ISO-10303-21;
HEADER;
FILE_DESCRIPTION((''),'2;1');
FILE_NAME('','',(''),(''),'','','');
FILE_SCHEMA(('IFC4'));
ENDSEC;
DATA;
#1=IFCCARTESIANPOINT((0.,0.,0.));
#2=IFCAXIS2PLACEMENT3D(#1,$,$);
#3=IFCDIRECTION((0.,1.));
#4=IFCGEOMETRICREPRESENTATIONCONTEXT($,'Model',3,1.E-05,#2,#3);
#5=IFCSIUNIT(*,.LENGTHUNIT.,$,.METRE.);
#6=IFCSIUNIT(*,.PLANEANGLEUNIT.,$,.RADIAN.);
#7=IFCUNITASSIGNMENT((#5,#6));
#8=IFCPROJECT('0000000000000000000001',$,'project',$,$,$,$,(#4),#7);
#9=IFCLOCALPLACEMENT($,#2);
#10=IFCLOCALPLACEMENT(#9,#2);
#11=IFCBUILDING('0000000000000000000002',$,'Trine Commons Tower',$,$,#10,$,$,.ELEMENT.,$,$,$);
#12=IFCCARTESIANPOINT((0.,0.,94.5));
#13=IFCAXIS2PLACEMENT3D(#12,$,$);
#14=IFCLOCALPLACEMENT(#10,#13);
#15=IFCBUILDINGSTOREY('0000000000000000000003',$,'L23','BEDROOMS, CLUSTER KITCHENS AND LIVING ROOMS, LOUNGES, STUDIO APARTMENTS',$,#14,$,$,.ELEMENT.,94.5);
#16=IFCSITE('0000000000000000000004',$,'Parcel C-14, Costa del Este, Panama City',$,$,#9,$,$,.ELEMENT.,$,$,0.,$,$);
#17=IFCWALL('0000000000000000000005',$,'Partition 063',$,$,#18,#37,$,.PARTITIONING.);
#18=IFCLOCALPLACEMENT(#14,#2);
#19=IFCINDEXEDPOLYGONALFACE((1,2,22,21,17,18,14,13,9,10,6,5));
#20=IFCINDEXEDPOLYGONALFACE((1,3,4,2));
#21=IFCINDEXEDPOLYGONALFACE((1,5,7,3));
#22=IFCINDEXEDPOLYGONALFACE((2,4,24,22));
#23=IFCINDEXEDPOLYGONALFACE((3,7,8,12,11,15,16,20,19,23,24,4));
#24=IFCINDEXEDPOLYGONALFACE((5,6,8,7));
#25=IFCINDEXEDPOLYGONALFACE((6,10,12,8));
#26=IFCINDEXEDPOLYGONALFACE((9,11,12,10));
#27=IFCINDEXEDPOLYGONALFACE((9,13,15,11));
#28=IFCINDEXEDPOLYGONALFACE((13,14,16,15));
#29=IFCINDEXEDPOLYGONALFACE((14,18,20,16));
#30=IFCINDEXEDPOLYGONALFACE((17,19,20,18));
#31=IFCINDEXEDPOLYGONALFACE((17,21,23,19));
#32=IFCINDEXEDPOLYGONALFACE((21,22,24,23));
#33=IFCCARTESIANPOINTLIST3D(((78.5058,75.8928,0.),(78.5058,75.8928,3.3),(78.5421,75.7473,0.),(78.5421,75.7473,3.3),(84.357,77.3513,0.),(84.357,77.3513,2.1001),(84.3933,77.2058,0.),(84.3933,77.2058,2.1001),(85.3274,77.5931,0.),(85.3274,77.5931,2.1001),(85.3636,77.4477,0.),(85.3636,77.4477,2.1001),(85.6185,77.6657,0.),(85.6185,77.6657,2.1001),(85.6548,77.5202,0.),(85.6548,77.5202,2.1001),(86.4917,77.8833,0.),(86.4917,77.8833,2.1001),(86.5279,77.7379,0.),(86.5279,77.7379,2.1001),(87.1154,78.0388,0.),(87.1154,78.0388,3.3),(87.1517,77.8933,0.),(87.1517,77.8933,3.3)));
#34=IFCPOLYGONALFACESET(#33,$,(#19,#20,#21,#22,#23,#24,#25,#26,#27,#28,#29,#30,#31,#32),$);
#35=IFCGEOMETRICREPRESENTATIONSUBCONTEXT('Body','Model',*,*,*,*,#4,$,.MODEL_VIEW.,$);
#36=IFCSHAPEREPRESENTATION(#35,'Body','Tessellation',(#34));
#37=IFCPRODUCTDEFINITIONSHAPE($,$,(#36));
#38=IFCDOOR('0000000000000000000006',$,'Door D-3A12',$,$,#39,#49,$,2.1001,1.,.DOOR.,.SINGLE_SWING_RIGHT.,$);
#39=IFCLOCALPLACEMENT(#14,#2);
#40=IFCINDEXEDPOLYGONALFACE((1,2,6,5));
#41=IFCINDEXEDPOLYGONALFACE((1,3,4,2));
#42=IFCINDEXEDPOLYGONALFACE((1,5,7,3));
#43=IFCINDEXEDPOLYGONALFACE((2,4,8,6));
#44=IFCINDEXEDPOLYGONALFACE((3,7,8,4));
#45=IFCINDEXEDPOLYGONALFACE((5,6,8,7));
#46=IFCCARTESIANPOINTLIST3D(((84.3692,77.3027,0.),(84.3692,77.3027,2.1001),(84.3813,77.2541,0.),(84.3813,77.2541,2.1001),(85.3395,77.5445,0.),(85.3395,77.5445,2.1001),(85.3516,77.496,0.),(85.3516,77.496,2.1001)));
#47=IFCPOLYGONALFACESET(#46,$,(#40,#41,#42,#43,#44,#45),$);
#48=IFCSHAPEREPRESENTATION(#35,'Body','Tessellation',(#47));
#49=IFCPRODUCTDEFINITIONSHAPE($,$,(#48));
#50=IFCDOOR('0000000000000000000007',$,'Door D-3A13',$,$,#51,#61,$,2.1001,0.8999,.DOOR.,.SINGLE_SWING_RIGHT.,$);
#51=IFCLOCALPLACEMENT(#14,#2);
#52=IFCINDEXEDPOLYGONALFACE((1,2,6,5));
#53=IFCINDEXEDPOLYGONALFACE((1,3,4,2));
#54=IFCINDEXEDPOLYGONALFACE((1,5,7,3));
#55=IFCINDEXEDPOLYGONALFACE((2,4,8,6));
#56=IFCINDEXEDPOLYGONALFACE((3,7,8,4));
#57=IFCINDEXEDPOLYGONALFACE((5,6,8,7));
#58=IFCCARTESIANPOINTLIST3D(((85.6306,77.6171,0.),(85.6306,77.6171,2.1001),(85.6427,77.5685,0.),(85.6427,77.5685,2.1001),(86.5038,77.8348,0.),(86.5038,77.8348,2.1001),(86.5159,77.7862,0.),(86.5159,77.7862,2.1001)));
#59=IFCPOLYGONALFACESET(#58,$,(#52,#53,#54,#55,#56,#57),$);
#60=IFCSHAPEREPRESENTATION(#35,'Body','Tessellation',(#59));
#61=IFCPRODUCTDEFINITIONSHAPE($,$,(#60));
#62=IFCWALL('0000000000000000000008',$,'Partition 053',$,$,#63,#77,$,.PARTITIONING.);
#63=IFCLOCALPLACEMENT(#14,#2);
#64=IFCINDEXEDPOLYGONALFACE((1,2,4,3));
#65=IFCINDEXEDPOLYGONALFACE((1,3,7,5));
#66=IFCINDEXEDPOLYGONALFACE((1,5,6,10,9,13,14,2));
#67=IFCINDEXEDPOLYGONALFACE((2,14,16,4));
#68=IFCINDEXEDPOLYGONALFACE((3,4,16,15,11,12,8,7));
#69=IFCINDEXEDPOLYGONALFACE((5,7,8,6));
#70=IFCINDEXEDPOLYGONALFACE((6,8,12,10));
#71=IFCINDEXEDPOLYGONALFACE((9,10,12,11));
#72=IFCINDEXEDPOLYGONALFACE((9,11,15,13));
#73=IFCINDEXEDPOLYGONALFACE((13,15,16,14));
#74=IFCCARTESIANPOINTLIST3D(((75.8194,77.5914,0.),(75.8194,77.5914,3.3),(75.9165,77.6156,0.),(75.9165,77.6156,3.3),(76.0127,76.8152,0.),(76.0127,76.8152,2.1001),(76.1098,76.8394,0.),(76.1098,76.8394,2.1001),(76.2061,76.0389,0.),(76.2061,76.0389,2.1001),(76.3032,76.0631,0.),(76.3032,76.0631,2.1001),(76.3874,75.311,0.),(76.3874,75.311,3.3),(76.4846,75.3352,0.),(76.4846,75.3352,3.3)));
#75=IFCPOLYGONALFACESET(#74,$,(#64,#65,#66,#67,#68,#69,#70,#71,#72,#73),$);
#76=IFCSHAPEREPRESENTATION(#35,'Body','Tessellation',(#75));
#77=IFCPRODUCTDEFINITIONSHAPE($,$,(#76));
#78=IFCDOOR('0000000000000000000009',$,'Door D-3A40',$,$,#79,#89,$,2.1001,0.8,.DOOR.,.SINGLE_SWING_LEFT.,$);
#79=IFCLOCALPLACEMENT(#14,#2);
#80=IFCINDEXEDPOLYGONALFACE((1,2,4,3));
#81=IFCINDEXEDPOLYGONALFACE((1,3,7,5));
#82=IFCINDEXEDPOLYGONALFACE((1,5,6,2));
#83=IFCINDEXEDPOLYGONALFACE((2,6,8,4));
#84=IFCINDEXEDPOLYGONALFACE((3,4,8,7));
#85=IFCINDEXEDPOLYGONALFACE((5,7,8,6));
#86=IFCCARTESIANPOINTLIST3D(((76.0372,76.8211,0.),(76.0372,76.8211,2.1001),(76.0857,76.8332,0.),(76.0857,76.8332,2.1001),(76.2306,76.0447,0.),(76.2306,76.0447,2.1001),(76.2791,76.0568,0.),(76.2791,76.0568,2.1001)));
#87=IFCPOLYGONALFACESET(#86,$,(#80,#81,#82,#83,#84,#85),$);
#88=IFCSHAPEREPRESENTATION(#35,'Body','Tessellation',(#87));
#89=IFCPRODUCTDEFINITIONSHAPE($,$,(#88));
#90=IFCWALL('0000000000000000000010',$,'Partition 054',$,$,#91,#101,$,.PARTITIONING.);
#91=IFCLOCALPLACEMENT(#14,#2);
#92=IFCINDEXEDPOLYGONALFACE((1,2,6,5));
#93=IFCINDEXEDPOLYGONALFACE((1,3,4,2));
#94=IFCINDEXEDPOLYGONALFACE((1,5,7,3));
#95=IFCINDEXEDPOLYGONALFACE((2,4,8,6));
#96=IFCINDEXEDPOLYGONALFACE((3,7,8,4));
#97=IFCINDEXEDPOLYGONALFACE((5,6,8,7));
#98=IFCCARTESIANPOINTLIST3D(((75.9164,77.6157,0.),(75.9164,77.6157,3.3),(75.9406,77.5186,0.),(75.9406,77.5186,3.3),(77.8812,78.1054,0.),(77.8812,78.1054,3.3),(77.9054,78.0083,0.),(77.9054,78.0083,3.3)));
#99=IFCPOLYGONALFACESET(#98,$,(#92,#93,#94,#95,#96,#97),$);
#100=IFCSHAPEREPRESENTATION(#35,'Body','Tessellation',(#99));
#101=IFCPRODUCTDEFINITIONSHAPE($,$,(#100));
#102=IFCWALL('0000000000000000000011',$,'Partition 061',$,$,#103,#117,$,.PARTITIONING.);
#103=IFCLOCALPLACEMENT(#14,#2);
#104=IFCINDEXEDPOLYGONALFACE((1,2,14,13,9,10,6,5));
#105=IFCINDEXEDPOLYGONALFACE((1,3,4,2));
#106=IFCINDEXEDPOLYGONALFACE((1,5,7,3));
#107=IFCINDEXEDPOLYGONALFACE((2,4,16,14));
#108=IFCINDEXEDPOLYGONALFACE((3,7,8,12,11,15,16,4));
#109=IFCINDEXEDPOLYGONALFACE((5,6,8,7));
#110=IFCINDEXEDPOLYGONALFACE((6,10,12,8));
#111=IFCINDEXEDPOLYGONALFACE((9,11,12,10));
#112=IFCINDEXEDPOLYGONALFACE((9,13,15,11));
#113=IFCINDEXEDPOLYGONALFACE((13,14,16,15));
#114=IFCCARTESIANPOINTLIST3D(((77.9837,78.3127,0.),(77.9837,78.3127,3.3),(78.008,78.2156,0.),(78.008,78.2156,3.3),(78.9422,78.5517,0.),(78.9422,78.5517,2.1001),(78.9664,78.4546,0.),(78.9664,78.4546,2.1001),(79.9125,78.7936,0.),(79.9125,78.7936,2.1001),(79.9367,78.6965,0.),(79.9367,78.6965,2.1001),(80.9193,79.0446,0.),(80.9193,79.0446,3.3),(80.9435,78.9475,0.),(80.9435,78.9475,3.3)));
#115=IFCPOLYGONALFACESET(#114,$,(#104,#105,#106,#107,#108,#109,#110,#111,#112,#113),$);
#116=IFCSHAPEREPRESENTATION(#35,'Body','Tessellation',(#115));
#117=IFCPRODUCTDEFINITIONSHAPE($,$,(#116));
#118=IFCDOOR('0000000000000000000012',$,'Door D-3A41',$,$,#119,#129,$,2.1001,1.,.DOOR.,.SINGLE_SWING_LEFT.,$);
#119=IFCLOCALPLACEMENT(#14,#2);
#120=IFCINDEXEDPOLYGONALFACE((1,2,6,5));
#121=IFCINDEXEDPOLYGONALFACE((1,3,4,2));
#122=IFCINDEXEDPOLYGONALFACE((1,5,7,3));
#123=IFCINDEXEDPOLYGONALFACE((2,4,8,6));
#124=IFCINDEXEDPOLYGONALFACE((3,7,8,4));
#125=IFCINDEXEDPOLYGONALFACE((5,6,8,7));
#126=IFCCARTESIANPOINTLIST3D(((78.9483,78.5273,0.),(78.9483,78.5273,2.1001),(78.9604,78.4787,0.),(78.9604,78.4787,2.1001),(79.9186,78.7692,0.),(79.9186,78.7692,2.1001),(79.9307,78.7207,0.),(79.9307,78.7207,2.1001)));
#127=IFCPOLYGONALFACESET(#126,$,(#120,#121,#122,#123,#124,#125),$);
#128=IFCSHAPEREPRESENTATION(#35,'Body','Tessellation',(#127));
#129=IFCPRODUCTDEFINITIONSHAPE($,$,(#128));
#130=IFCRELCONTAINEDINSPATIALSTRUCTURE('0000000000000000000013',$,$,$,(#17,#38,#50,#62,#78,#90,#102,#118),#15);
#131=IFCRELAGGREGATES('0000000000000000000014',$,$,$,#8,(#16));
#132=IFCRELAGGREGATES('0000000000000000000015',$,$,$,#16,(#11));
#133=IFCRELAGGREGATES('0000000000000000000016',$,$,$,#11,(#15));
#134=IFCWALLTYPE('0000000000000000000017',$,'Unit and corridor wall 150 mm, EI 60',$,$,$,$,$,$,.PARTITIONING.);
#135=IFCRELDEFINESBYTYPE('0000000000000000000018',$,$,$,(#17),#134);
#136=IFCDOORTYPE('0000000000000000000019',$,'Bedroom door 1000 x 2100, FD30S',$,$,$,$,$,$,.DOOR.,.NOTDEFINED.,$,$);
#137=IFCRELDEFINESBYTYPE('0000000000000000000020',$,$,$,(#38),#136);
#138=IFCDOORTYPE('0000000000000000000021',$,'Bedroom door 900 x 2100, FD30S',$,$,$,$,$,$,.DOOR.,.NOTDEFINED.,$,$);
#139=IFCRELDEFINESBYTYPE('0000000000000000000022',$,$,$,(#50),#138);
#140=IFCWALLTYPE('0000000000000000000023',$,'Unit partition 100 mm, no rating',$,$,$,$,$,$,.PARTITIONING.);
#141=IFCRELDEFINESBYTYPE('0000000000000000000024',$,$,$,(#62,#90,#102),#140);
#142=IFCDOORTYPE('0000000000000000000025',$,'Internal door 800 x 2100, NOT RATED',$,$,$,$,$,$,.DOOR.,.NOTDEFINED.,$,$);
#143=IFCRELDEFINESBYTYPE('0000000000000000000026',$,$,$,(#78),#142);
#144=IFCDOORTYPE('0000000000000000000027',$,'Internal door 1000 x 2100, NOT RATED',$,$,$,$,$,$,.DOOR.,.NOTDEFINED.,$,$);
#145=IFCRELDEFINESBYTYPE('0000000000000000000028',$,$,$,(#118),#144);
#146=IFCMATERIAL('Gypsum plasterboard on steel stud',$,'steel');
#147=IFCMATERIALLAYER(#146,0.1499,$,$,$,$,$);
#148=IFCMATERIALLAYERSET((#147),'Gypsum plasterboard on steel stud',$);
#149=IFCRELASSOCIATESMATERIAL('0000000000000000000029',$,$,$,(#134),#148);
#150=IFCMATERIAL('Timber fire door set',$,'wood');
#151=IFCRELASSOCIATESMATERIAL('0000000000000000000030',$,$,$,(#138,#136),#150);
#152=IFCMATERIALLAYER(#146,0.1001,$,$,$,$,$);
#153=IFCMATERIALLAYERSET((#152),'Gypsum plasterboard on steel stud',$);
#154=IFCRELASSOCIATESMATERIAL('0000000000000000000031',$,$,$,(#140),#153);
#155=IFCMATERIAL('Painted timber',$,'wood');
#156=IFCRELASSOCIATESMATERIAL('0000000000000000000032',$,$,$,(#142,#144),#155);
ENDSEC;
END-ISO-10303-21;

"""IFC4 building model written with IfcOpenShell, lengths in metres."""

from ifc_helpers import new_model, si_unit, direction, frame, frame_2d, origin, place, context, subcontext, project, spatial, rectangle, extrude, material, layer, layer_set, type_object, element, fill, save


model = new_model("IFC4")

# Units and contexts
model_context = context("Model", 3, precision=1e-05, world=origin(), true_north=direction((0.0, 1.0)))
body_context = subcontext(model_context, "Body", "Model", "MODEL_VIEW")
ifc_project = project(units=[si_unit("LENGTHUNIT", "METRE"), si_unit("PLANEANGLEUNIT", "RADIAN")], contexts=[model_context])

# Site, building, storey
site_placement = place(None, origin())
site = spatial("IfcSite", under=ifc_project, at=site_placement, Name="Parcel C-14, Costa del Este, Panama City", CompositionType="ELEMENT", RefElevation=0.0)
building_placement = place(site_placement, origin())
building = spatial("IfcBuilding", under=site, at=building_placement, Name="Trine Commons Tower", CompositionType="ELEMENT")
storey_placement = place(building_placement, frame((0.0, 0.0, 94.5)))
storey = spatial("IfcBuildingStorey", under=building, at=storey_placement, Name="L23", Description="BEDROOMS, CLUSTER KITCHENS AND LIVING ROOMS, LOUNGES, STUDIO APARTMENTS", CompositionType="ELEMENT", Elevation=94.5)

# Shared definitions
ifc_material_1 = material(Name="Gypsum plasterboard on steel stud", Category="steel")
ifc_layer_1 = layer(ifc_material_1, 0.1499)
ifc_layer_set_1 = layer_set([ifc_layer_1], Name="Gypsum plasterboard on steel stud")
wall_type_1 = type_object("IfcWallType", Name="Unit and corridor wall 150 mm, EI 60", PredefinedType="PARTITIONING", material=ifc_layer_set_1)
ifc_material_2 = material(Name="Timber fire door set", Category="wood")
door_type_1 = type_object("IfcDoorType", Name="Bedroom door 900 x 2100, FD30S", OperationType="NOTDEFINED", PredefinedType="DOOR", material=ifc_material_2)

# Wall, openings, doors
wall_1_placement = place(storey_placement, frame((78.5239, 75.8201, 0.0), z_axis=(0.0, 0.0, 1.0), x_axis=(0.970312, 0.241856, 0.0)))
wall_1 = element("IfcWall", 1, at=wall_1_placement, inside=storey, type_object=wall_type_1, Name="Partition 063", PredefinedType="PARTITIONING", context=body_context, shape_type="SweptSolid", body=[
    extrude(rectangle(XDim=8.873, YDim=0.1499, at=frame_2d((4.4365, 0.0))), origin(), (0.0, 0.0, 1.0), 3.3),
])
opening_1_placement = place(wall_1_placement, frame((6.0303, 0.0, 0.0)))
opening_1 = element("IfcOpeningElement", 2, at=opening_1_placement, cuts=wall_1, PredefinedType="OPENING", context=body_context, shape_type="SweptSolid", body=[
    extrude(rectangle(XDim=1.0, YDim=2.1001, at=frame_2d((0.5, 1.05))), frame((0.0, 0.085, 0.0), z_axis=(0.0, -1.0, 0.0), x_axis=(1.0, 0.0, 0.0)), (0.0, 0.0, 1.0), 0.1699),
])
opening_2_placement = place(wall_1_placement, frame((7.3303, 0.0, 0.0)))
opening_2 = element("IfcOpeningElement", 3, at=opening_2_placement, cuts=wall_1, PredefinedType="OPENING", context=body_context, shape_type="SweptSolid", body=[
    extrude(rectangle(XDim=0.8999, YDim=2.1001, at=frame_2d((0.45, 1.05))), frame((0.0, 0.085, 0.0), z_axis=(0.0, -1.0, 0.0), x_axis=(1.0, 0.0, 0.0)), (0.0, 0.0, 1.0), 0.1699),
])
door_type_2 = type_object("IfcDoorType", Name="Bedroom door 1000 x 2100, FD30S", OperationType="NOTDEFINED", PredefinedType="DOOR", material=ifc_material_2)
door_1_placement = place(opening_1_placement, origin())
door_1 = element("IfcDoor", 4, at=door_1_placement, inside=storey, type_object=door_type_2, Name="Door D-3A12", OperationType="SINGLE_SWING_RIGHT", OverallHeight=2.1001, OverallWidth=1.0, PredefinedType="DOOR", context=body_context, shape_type="SweptSolid", body=[
    extrude(rectangle(XDim=1.0, YDim=2.1001, at=frame_2d((0.5, 1.05))), frame((0.0, 0.0249, 0.0), z_axis=(0.0, -1.0, 0.0), x_axis=(1.0, 0.0, 0.0)), (0.0, 0.0, 1.0), 0.05),
])
fill(opening_1, door_1)
door_2_placement = place(opening_2_placement, origin())
door_2 = element("IfcDoor", 5, at=door_2_placement, inside=storey, type_object=door_type_1, Name="Door D-3A13", OperationType="SINGLE_SWING_RIGHT", OverallHeight=2.1001, OverallWidth=0.8999, PredefinedType="DOOR", context=body_context, shape_type="SweptSolid", body=[
    extrude(rectangle(XDim=0.8999, YDim=2.1001, at=frame_2d((0.45, 1.05))), frame((0.0, 0.0249, 0.0), z_axis=(0.0, -1.0, 0.0), x_axis=(1.0, 0.0, 0.0)), (0.0, 0.0, 1.0), 0.05),
])
fill(opening_2, door_2)

# Wall, opening, door
ifc_layer_2 = layer(ifc_material_1, 0.1001)
ifc_layer_set_2 = layer_set([ifc_layer_2], Name="Gypsum plasterboard on steel stud")
wall_type_2 = type_object("IfcWallType", Name="Unit partition 100 mm, no rating", PredefinedType="PARTITIONING", material=ifc_layer_set_2)
wall_2_placement = place(storey_placement, frame((75.8679, 77.6035, 0.0), z_axis=(0.0, 0.0, 1.0), x_axis=(0.241729, -0.970344, 0.0)))
wall_2 = element("IfcWall", 6, at=wall_2_placement, inside=storey, type_object=wall_type_2, Name="Partition 053", PredefinedType="PARTITIONING", context=body_context, shape_type="SweptSolid", body=[
    extrude(rectangle(XDim=2.3501, YDim=0.1001, at=frame_2d((1.175, 0.0))), origin(), (0.0, 0.0, 1.0), 3.3),
])
opening_3_placement = place(wall_2_placement, frame((0.8, 0.0, 0.0)))
opening_3 = element("IfcOpeningElement", 7, at=opening_3_placement, cuts=wall_2, PredefinedType="OPENING", context=body_context, shape_type="SweptSolid", body=[
    extrude(rectangle(XDim=0.8, YDim=2.1001, at=frame_2d((0.3999, 1.05))), frame((0.0, 0.0601, 0.0), z_axis=(0.0, -1.0, 0.0), x_axis=(1.0, 0.0, 0.0)), (0.0, 0.0, 1.0), 0.1201),
])
ifc_material_3 = material(Name="Painted timber", Category="wood")
door_type_3 = type_object("IfcDoorType", Name="Internal door 800 x 2100, NOT RATED", OperationType="NOTDEFINED", PredefinedType="DOOR", material=ifc_material_3)
door_3_placement = place(opening_3_placement, frame((0.8, 0.0, 0.0), z_axis=(0.0, 0.0, 1.0), x_axis=(-1.0, 0.0, 0.0)))
door_3 = element("IfcDoor", 8, at=door_3_placement, inside=storey, type_object=door_type_3, Name="Door D-3A40", OperationType="SINGLE_SWING_LEFT", OverallHeight=2.1001, OverallWidth=0.8, PredefinedType="DOOR", context=body_context, shape_type="SweptSolid", body=[
    extrude(rectangle(XDim=0.8, YDim=2.1001, at=frame_2d((0.3999, 1.05))), frame((0.0, 0.0249, 0.0), z_axis=(0.0, -1.0, 0.0), x_axis=(1.0, 0.0, 0.0)), (0.0, 0.0, 1.0), 0.05),
])
fill(opening_3, door_3)

# Wall
wall_3_placement = place(storey_placement, frame((75.9285, 77.5671, 0.0), z_axis=(0.0, 0.0, 1.0), x_axis=(0.970312, 0.241855, 0.0)))
element("IfcWall", 9, at=wall_3_placement, inside=storey, type_object=wall_type_2, Name="Partition 054", PredefinedType="PARTITIONING", context=body_context, shape_type="SweptSolid", body=[
    extrude(rectangle(XDim=2.0249, YDim=0.1001, at=frame_2d((1.0125, 0.0))), origin(), (0.0, 0.0, 1.0), 3.3),
])

# Wall, opening, door
wall_4_placement = place(storey_placement, frame((77.9958, 78.2642, 0.0), z_axis=(0.0, 0.0, 1.0), x_axis=(0.970294, 0.241928, 0.0)))
wall_4 = element("IfcWall", 10, at=wall_4_placement, inside=storey, type_object=wall_type_2, Name="Partition 061", PredefinedType="PARTITIONING", context=body_context, shape_type="SweptSolid", body=[
    extrude(rectangle(XDim=3.0254, YDim=0.1001, at=frame_2d((1.5127, 0.0))), origin(), (0.0, 0.0, 1.0), 3.3),
])
opening_4_placement = place(wall_4_placement, frame((0.9878, 0.0, 0.0)))
opening_4 = element("IfcOpeningElement", 11, at=opening_4_placement, cuts=wall_4, PredefinedType="OPENING", context=body_context, shape_type="SweptSolid", body=[
    extrude(rectangle(XDim=1.0, YDim=2.1001, at=frame_2d((0.5, 1.05))), frame((0.0, 0.0601, 0.0), z_axis=(0.0, -1.0, 0.0), x_axis=(1.0, 0.0, 0.0)), (0.0, 0.0, 1.0), 0.1201),
])
door_type_4 = type_object("IfcDoorType", Name="Internal door 1000 x 2100, NOT RATED", OperationType="NOTDEFINED", PredefinedType="DOOR", material=ifc_material_3)
door_4_placement = place(opening_4_placement, origin())
door_4 = element("IfcDoor", 12, at=door_4_placement, inside=storey, type_object=door_type_4, Name="Door D-3A41", OperationType="SINGLE_SWING_LEFT", OverallHeight=2.1001, OverallWidth=1.0, PredefinedType="DOOR", context=body_context, shape_type="SweptSolid", body=[
    extrude(rectangle(XDim=1.0, YDim=2.1001, at=frame_2d((0.5, 1.05))), frame((0.0, 0.0249, 0.0), z_axis=(0.0, -1.0, 0.0), x_axis=(1.0, 0.0, 0.0)), (0.0, 0.0, 1.0), 0.05),
])
fill(opening_4, door_4)

save(model, "model.ifc")
